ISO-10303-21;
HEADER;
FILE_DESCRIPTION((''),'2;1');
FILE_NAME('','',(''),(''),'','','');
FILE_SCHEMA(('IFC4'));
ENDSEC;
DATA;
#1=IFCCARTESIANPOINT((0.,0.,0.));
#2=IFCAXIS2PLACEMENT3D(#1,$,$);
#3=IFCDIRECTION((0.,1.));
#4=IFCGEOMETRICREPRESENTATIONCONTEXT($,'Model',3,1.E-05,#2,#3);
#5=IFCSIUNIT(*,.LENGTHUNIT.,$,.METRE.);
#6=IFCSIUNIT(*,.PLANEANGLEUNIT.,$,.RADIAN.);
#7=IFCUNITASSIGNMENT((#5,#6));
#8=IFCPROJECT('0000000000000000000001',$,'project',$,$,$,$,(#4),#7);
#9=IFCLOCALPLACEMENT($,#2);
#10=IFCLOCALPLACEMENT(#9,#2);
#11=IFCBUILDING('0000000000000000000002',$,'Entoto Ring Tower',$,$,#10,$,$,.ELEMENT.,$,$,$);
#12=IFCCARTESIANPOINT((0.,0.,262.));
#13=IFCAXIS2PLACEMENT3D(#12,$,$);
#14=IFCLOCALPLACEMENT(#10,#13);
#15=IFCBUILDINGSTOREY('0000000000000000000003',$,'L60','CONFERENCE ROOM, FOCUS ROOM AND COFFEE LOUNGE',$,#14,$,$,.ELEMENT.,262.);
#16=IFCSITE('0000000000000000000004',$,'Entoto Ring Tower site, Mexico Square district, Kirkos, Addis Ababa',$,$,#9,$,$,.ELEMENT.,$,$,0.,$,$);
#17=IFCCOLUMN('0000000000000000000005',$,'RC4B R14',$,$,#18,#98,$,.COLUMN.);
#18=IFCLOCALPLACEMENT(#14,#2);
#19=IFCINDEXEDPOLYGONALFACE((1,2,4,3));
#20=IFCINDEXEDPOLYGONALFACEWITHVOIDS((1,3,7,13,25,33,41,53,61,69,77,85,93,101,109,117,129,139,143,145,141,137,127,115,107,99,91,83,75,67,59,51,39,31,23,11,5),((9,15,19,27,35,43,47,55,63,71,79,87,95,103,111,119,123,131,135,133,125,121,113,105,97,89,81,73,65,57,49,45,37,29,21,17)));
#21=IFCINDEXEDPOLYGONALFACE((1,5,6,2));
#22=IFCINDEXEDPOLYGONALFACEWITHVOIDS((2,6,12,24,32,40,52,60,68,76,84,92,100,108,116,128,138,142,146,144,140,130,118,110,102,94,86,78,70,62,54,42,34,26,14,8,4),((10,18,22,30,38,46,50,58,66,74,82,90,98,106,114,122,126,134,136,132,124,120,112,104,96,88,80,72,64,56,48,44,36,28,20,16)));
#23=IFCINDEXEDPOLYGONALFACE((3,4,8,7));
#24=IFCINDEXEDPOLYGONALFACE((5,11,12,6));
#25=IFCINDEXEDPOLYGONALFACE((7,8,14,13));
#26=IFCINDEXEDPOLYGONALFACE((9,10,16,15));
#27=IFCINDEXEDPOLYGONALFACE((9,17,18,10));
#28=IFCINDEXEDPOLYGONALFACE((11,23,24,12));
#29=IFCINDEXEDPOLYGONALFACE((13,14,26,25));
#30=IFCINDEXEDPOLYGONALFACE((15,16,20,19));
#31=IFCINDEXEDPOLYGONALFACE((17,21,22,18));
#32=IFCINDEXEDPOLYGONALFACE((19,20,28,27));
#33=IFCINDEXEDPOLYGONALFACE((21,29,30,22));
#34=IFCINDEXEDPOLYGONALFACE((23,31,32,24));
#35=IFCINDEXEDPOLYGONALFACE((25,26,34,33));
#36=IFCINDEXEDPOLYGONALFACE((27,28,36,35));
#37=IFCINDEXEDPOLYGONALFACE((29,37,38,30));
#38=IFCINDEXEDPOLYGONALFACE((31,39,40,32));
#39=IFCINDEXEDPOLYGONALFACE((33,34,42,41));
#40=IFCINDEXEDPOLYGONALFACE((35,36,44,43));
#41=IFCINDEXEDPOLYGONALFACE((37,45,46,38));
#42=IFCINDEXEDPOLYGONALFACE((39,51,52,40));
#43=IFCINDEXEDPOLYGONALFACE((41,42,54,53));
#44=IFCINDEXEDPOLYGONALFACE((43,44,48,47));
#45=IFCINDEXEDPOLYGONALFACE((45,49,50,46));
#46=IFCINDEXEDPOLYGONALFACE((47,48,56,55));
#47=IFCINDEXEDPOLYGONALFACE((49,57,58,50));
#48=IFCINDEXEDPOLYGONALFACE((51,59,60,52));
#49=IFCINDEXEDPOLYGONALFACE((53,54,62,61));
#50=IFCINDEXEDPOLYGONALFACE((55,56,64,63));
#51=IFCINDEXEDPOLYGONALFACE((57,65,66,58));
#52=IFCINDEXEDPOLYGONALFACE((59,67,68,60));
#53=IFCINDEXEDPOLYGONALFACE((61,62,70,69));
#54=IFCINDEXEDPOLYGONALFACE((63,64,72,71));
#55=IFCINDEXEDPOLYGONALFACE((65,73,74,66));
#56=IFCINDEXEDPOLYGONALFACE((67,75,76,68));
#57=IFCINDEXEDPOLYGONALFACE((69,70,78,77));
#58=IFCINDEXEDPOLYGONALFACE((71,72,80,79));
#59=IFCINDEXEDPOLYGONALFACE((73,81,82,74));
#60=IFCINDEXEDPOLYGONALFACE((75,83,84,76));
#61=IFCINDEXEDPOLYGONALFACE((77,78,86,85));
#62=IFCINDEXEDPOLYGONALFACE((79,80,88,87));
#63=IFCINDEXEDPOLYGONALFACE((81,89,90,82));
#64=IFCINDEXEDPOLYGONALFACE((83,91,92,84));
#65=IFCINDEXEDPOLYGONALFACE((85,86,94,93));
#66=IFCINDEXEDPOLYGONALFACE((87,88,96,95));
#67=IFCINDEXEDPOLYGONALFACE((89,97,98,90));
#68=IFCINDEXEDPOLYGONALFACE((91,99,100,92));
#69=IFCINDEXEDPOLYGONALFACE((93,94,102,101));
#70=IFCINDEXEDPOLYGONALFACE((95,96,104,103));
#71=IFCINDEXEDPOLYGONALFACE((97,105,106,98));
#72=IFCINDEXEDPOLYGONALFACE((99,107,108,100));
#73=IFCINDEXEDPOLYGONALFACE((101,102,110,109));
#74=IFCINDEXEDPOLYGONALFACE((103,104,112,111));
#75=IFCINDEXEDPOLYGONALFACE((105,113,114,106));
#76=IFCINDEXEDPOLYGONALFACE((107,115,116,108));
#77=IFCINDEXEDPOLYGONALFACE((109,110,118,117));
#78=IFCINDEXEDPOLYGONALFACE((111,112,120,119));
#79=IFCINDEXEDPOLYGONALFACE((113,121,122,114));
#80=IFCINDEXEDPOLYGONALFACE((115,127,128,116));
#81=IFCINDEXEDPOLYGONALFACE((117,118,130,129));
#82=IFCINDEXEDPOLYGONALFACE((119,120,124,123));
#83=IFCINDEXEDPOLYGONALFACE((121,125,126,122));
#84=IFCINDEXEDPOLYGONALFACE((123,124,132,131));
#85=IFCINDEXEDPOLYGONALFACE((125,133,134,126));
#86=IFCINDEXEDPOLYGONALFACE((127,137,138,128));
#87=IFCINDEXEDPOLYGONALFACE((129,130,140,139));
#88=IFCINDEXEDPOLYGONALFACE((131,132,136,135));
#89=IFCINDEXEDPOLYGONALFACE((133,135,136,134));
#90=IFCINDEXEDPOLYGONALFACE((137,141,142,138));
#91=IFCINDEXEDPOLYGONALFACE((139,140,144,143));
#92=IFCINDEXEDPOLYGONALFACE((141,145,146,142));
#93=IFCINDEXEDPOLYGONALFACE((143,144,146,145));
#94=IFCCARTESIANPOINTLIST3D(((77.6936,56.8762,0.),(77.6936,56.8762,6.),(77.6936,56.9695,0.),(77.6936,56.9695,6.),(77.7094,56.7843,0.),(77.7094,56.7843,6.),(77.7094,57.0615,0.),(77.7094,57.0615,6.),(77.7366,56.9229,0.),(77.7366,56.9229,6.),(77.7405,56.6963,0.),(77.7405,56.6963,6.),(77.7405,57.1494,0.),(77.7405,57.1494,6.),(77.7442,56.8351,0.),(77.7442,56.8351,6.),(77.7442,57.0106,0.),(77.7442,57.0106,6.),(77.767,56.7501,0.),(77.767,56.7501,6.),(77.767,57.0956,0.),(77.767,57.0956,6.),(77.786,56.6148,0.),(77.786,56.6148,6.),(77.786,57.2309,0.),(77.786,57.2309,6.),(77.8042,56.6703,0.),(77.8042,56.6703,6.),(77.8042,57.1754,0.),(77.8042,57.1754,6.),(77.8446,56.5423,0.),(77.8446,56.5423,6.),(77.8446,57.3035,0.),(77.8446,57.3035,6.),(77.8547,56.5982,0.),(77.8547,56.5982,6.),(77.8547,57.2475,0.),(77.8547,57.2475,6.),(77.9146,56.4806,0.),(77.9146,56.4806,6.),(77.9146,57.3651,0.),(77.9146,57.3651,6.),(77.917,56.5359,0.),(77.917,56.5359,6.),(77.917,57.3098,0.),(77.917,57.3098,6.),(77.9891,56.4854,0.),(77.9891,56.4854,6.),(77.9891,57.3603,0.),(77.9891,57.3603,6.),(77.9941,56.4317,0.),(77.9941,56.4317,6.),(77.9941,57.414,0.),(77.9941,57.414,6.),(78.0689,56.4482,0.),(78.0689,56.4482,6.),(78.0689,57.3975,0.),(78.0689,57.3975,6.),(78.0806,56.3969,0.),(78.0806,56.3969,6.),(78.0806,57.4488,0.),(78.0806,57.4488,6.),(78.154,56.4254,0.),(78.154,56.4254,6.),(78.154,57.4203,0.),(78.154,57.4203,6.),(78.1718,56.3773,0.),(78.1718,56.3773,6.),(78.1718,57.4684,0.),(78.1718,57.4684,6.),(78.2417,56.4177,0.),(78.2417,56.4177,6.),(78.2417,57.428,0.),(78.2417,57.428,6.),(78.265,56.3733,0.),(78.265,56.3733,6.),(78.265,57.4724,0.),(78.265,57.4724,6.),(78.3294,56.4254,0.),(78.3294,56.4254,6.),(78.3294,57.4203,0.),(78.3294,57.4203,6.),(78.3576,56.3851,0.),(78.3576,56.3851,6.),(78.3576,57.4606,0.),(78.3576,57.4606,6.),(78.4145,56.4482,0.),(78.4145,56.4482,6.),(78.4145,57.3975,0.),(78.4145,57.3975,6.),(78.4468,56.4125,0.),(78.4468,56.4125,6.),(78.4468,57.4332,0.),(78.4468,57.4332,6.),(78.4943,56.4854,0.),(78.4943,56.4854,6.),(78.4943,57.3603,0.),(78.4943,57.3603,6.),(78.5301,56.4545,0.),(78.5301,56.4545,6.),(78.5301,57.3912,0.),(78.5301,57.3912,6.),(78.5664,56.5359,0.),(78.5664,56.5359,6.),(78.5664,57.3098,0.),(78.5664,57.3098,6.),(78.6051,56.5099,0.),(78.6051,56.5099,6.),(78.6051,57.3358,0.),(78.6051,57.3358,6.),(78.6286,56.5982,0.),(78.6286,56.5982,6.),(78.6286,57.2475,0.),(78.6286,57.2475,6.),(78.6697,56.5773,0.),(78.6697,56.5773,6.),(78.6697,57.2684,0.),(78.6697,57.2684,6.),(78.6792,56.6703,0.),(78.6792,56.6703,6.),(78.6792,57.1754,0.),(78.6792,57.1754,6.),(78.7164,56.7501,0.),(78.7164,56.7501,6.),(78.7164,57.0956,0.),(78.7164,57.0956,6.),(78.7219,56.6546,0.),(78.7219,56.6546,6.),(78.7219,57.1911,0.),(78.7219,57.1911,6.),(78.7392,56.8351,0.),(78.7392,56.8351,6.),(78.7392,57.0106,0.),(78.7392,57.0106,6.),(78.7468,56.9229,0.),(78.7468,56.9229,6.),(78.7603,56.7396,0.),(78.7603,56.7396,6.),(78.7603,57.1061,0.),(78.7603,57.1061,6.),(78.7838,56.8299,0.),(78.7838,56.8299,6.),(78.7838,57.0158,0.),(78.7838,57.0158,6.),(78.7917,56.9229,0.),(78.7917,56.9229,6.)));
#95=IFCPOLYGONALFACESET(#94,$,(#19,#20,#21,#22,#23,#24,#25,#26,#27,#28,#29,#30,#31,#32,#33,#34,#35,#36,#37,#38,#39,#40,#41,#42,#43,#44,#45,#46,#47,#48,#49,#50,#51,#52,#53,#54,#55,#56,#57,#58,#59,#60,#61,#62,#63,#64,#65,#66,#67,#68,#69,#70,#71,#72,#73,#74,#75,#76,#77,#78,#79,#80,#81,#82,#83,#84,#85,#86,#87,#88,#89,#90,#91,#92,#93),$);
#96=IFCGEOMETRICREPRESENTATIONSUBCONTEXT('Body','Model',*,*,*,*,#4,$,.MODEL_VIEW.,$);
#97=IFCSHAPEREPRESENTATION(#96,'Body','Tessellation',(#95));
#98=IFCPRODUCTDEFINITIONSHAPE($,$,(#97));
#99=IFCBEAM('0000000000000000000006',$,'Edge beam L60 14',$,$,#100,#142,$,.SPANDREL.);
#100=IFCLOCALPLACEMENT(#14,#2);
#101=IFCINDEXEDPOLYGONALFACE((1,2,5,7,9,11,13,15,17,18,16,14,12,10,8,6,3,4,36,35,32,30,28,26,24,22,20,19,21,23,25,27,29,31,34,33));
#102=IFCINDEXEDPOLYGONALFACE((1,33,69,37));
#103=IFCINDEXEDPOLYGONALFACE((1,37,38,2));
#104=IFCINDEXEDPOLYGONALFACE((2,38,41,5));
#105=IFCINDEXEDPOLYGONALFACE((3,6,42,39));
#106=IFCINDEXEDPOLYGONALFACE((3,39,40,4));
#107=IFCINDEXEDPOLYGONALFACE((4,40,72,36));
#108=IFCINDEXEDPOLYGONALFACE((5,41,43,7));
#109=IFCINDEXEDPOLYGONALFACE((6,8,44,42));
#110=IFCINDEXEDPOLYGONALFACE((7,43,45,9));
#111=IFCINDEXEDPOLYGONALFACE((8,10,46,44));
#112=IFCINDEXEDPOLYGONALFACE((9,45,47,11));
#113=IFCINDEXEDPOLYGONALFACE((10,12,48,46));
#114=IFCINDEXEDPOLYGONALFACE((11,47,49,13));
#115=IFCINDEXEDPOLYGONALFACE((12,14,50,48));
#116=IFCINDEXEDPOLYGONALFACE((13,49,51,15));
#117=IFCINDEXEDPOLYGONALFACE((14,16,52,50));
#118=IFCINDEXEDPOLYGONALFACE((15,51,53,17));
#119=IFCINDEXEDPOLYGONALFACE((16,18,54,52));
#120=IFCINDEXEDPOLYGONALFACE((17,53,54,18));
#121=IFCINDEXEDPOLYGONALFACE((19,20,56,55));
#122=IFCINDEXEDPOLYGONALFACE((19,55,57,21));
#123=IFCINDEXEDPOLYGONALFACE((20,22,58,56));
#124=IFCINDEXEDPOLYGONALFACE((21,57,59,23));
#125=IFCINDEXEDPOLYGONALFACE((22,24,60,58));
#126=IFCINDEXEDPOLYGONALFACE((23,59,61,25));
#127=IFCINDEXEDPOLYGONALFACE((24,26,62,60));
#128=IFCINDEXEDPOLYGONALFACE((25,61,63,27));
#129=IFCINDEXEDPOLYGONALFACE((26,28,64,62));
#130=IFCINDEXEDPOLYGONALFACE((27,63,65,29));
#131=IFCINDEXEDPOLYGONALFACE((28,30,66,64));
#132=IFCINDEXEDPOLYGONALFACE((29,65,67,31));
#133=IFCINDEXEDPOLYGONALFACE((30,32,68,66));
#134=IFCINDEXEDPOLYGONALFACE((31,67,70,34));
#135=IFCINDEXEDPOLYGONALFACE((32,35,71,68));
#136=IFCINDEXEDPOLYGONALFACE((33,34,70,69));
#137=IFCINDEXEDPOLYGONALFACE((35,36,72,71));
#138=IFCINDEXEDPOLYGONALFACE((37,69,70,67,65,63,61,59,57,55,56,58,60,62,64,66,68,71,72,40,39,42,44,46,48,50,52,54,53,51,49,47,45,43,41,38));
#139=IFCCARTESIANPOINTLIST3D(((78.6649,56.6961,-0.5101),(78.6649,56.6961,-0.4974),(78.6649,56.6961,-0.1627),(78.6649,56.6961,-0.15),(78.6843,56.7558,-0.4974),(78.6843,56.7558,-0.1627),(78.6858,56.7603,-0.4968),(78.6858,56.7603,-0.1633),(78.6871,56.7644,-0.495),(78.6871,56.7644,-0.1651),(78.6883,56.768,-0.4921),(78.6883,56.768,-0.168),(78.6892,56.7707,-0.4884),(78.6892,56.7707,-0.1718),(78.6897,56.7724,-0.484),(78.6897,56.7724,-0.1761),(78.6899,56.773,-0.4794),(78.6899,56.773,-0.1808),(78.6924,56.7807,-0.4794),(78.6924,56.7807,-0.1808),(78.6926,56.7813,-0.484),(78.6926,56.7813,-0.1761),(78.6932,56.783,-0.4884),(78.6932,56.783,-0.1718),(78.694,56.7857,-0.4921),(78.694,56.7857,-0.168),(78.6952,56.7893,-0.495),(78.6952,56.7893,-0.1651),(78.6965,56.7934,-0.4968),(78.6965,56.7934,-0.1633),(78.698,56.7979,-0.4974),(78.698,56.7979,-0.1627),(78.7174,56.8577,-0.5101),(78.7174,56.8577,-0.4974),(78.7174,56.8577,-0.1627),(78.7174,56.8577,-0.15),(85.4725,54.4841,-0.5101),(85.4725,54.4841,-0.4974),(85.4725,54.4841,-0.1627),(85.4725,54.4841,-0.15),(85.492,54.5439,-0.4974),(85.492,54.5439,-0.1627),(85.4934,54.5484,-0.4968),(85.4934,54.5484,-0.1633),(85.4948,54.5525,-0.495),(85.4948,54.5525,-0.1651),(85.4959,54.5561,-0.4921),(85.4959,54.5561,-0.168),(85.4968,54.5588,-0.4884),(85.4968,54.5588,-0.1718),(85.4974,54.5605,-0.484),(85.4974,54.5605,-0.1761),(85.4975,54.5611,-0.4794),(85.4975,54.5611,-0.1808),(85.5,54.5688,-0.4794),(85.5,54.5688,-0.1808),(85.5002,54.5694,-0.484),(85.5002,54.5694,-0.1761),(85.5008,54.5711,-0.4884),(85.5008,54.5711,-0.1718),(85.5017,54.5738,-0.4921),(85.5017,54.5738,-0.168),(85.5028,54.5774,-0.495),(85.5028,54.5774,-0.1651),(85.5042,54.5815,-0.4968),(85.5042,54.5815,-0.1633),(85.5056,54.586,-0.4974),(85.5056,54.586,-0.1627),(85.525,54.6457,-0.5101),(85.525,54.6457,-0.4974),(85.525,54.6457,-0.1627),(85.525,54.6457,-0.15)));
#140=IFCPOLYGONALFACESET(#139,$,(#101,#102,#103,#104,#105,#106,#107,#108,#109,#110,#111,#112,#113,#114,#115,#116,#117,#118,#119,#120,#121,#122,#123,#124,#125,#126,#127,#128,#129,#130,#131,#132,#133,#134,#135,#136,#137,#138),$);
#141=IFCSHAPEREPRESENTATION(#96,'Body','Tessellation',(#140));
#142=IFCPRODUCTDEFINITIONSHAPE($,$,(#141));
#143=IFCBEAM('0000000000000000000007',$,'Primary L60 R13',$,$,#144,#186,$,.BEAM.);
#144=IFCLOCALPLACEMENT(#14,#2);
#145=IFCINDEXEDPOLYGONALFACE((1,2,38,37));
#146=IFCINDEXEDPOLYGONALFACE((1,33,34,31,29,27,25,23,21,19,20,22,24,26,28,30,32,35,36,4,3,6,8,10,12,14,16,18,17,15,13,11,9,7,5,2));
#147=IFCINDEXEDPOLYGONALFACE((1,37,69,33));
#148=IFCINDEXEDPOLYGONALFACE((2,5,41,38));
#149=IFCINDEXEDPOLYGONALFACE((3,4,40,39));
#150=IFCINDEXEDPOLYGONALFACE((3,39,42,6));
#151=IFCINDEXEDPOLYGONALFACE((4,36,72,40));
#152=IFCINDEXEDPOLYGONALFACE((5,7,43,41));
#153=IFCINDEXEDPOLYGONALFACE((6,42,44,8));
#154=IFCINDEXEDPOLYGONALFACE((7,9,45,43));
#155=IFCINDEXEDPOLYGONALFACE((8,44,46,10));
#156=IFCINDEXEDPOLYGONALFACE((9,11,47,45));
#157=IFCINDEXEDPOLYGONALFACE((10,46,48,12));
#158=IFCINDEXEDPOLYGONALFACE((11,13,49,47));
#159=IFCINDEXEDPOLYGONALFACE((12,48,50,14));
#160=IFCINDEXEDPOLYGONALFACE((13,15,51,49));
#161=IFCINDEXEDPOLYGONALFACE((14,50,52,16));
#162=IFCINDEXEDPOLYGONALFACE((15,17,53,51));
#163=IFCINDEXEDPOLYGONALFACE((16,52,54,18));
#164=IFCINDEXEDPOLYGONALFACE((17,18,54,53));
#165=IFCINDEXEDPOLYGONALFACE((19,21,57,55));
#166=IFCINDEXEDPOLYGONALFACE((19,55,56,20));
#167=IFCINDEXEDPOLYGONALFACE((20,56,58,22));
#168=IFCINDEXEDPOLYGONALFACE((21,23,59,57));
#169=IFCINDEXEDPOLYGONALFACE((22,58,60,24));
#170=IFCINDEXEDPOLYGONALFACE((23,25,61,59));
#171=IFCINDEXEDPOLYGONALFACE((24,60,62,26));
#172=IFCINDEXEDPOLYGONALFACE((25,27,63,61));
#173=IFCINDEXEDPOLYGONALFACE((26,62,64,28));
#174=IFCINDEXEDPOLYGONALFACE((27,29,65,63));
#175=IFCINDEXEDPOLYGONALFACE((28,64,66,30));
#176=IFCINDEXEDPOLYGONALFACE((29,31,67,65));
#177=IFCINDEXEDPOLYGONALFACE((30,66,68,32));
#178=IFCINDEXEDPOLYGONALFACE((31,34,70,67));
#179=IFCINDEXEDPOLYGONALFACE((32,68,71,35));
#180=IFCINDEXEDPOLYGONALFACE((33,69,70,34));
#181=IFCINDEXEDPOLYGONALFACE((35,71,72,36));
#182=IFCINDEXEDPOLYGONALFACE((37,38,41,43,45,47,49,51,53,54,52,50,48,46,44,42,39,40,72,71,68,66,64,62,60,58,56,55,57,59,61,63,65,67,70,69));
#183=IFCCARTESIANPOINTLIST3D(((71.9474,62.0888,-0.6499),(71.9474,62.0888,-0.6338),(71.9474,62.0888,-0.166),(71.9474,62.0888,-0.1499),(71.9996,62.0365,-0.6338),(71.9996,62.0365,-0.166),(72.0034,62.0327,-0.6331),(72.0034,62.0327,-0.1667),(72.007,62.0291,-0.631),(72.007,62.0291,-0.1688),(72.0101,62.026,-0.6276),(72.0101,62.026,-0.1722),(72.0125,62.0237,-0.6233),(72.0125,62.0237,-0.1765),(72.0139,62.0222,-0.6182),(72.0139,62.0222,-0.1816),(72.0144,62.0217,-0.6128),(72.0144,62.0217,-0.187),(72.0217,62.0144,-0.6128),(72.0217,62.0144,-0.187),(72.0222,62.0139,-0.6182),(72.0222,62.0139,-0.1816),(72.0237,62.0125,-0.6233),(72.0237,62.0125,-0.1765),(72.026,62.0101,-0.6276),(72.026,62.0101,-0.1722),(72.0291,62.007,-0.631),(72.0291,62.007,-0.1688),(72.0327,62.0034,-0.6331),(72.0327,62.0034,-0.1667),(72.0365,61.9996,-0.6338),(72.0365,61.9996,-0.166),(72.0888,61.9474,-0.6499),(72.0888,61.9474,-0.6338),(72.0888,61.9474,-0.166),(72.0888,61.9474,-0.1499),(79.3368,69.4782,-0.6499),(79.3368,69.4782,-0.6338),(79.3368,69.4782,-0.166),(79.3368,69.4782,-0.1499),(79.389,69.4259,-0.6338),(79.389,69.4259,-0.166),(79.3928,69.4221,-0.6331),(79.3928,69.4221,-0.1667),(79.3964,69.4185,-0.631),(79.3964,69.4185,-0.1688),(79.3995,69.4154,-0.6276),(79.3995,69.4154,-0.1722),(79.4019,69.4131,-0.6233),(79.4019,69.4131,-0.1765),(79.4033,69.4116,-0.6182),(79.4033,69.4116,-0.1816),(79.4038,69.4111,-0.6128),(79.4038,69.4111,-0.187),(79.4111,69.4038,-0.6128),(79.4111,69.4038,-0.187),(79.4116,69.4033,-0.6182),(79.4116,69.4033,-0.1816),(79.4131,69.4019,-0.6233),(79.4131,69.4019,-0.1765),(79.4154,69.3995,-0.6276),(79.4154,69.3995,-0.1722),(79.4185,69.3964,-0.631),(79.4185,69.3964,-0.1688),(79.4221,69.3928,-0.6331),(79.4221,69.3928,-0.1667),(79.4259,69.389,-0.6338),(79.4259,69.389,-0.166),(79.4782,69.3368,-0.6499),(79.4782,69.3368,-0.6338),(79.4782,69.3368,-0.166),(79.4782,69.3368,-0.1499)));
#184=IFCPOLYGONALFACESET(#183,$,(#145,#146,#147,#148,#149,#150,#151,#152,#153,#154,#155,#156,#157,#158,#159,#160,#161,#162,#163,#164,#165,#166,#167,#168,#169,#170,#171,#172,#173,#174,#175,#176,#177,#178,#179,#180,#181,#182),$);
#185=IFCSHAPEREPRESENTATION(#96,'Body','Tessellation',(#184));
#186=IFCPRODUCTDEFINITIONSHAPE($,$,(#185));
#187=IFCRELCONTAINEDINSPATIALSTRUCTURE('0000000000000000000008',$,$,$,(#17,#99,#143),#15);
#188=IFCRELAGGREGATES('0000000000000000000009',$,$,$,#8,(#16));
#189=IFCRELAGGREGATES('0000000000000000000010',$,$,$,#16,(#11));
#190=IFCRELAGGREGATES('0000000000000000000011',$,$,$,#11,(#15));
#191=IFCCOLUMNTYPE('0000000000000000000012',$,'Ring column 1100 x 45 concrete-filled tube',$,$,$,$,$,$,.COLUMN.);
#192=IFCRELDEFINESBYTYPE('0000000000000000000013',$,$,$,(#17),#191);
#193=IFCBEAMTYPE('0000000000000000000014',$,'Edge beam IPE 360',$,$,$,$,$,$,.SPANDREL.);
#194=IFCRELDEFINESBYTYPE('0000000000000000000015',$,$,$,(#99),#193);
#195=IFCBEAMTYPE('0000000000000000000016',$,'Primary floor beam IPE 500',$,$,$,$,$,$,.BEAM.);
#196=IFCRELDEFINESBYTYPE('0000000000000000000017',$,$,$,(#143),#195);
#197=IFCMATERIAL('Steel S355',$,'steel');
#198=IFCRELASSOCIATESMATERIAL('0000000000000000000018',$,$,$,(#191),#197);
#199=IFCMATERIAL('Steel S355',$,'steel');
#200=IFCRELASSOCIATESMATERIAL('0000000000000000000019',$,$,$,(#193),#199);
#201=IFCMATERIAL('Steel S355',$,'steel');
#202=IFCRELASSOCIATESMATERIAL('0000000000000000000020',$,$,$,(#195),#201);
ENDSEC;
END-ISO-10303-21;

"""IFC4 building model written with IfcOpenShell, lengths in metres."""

from ifc_helpers import new_model, si_unit, direction, frame, origin, origin_2d, place, context, subcontext, project, spatial, circle, hollow_circle, i_section, extrude, material, material_profile, profile_set, type_object, element, save


model = new_model("IFC4")

# Units and contexts
model_context = context("Model", 3, precision=1e-05, world=origin(), true_north=direction((0.0, 1.0)))
body_context = subcontext(model_context, "Body", "Model", "MODEL_VIEW")
ifc_project = project(units=[si_unit("LENGTHUNIT", "METRE"), si_unit("PLANEANGLEUNIT", "RADIAN")], contexts=[model_context])

# Site, building, storey
site_placement = place(None, origin())
site = spatial("IfcSite", under=ifc_project, at=site_placement, Name="Entoto Ring Tower site, Mexico Square district, Kirkos, Addis Ababa", CompositionType="ELEMENT", RefElevation=0.0)
building_placement = place(site_placement, origin())
building = spatial("IfcBuilding", under=site, at=building_placement, Name="Entoto Ring Tower", CompositionType="ELEMENT")
storey_placement = place(building_placement, frame((0.0, 0.0, 262.0)))
storey = spatial("IfcBuildingStorey", under=building, at=storey_placement, Name="L60", Description="CONFERENCE ROOM, FOCUS ROOM AND COFFEE LOUNGE", CompositionType="ELEMENT", Elevation=262.0)

# Column
ifc_material_1 = material(Name="Steel S355", Category="steel")
ifc_material_profile_1 = material_profile(ifc_material_1, hollow_circle(Radius=0.55, WallThickness=0.0449, at=origin_2d()), Name="CHS 1100 x 45")
ifc_material_2 = material(Name="Concrete C60/75", Category="concrete")
ifc_material_profile_2 = material_profile(ifc_material_2, circle(Radius=0.5049, at=origin_2d()), Name="Concrete C60/75 infill")
ifc_profile_set_1 = profile_set([ifc_material_profile_1, ifc_material_profile_2], Name="Steel S355")
column_type = type_object("IfcColumnType", Name="Ring column 1100 x 45 concrete-filled tube", PredefinedType="COLUMN", material=ifc_profile_set_1)
column_placement = place(storey_placement, frame((78.2417, 56.9229, 0.0), z_axis=(0.0, 0.0, 1.0), x_axis=(1.0, 0.0, 0.0)))
element("IfcColumn", 1, at=column_placement, inside=storey, type_object=column_type, Name="RC4B R14", PredefinedType="COLUMN", context=body_context, shape_type="SweptSolid", body=[
    extrude(hollow_circle(Radius=0.55, WallThickness=0.0449, at=origin_2d()), origin(), (0.0, 0.0, 1.0), 6.0),
])

# Beams
ifc_material_3 = material(Name="Steel S355", Category="steel")
ifc_material_profile_3 = material_profile(ifc_material_3, i_section(OverallWidth=0.1699, OverallDepth=0.3601, WebThickness=0.0081, FlangeThickness=0.0127, FilletRadius=0.0181, at=origin_2d()), Name="IPE 360")
ifc_profile_set_2 = profile_set([ifc_material_profile_3], Name="Steel S355")
beam_type_1 = type_object("IfcBeamType", Name="Edge beam IPE 360", PredefinedType="SPANDREL", material=ifc_profile_set_2)
beam_1_placement = place(storey_placement, frame((78.6912, 56.7769, -0.3301), z_axis=(0.951057, -0.309015, 0.0), x_axis=(0.309015, 0.951057, 0.0)))
element("IfcBeam", 2, at=beam_1_placement, inside=storey, type_object=beam_type_1, Name="Edge beam L60 14", PredefinedType="SPANDREL", context=body_context, shape_type="SweptSolid", body=[
    extrude(i_section(OverallWidth=0.1699, OverallDepth=0.3601, WebThickness=0.0081, FlangeThickness=0.0127, FilletRadius=0.0181, at=origin_2d()), origin(), (0.0, 0.0, 1.0), 7.158),
])
ifc_material_4 = material(Name="Steel S355", Category="steel")
ifc_material_profile_4 = material_profile(ifc_material_4, i_section(OverallWidth=0.2, OverallDepth=0.5, WebThickness=0.0103, FlangeThickness=0.0161, FilletRadius=0.021, at=origin_2d()), Name="IPE 500")
ifc_profile_set_3 = profile_set([ifc_material_profile_4], Name="Steel S355")
beam_type_2 = type_object("IfcBeamType", Name="Primary floor beam IPE 500", PredefinedType="BEAM", material=ifc_profile_set_3)
beam_2_placement = place(storey_placement, frame((79.4075, 69.4075, -0.3999), z_axis=(-0.707107, -0.707107, 0.0), x_axis=(0.707107, -0.707107, 0.0)))
element("IfcBeam", 3, at=beam_2_placement, inside=storey, type_object=beam_type_2, Name="Primary L60 R13", PredefinedType="BEAM", context=body_context, shape_type="SweptSolid", body=[
    extrude(i_section(OverallWidth=0.2, OverallDepth=0.5, WebThickness=0.0103, FlangeThickness=0.0161, FilletRadius=0.021, at=origin_2d()), origin(), (0.0, 0.0, 1.0), 10.4502),
])

save(model, "model.ifc")
